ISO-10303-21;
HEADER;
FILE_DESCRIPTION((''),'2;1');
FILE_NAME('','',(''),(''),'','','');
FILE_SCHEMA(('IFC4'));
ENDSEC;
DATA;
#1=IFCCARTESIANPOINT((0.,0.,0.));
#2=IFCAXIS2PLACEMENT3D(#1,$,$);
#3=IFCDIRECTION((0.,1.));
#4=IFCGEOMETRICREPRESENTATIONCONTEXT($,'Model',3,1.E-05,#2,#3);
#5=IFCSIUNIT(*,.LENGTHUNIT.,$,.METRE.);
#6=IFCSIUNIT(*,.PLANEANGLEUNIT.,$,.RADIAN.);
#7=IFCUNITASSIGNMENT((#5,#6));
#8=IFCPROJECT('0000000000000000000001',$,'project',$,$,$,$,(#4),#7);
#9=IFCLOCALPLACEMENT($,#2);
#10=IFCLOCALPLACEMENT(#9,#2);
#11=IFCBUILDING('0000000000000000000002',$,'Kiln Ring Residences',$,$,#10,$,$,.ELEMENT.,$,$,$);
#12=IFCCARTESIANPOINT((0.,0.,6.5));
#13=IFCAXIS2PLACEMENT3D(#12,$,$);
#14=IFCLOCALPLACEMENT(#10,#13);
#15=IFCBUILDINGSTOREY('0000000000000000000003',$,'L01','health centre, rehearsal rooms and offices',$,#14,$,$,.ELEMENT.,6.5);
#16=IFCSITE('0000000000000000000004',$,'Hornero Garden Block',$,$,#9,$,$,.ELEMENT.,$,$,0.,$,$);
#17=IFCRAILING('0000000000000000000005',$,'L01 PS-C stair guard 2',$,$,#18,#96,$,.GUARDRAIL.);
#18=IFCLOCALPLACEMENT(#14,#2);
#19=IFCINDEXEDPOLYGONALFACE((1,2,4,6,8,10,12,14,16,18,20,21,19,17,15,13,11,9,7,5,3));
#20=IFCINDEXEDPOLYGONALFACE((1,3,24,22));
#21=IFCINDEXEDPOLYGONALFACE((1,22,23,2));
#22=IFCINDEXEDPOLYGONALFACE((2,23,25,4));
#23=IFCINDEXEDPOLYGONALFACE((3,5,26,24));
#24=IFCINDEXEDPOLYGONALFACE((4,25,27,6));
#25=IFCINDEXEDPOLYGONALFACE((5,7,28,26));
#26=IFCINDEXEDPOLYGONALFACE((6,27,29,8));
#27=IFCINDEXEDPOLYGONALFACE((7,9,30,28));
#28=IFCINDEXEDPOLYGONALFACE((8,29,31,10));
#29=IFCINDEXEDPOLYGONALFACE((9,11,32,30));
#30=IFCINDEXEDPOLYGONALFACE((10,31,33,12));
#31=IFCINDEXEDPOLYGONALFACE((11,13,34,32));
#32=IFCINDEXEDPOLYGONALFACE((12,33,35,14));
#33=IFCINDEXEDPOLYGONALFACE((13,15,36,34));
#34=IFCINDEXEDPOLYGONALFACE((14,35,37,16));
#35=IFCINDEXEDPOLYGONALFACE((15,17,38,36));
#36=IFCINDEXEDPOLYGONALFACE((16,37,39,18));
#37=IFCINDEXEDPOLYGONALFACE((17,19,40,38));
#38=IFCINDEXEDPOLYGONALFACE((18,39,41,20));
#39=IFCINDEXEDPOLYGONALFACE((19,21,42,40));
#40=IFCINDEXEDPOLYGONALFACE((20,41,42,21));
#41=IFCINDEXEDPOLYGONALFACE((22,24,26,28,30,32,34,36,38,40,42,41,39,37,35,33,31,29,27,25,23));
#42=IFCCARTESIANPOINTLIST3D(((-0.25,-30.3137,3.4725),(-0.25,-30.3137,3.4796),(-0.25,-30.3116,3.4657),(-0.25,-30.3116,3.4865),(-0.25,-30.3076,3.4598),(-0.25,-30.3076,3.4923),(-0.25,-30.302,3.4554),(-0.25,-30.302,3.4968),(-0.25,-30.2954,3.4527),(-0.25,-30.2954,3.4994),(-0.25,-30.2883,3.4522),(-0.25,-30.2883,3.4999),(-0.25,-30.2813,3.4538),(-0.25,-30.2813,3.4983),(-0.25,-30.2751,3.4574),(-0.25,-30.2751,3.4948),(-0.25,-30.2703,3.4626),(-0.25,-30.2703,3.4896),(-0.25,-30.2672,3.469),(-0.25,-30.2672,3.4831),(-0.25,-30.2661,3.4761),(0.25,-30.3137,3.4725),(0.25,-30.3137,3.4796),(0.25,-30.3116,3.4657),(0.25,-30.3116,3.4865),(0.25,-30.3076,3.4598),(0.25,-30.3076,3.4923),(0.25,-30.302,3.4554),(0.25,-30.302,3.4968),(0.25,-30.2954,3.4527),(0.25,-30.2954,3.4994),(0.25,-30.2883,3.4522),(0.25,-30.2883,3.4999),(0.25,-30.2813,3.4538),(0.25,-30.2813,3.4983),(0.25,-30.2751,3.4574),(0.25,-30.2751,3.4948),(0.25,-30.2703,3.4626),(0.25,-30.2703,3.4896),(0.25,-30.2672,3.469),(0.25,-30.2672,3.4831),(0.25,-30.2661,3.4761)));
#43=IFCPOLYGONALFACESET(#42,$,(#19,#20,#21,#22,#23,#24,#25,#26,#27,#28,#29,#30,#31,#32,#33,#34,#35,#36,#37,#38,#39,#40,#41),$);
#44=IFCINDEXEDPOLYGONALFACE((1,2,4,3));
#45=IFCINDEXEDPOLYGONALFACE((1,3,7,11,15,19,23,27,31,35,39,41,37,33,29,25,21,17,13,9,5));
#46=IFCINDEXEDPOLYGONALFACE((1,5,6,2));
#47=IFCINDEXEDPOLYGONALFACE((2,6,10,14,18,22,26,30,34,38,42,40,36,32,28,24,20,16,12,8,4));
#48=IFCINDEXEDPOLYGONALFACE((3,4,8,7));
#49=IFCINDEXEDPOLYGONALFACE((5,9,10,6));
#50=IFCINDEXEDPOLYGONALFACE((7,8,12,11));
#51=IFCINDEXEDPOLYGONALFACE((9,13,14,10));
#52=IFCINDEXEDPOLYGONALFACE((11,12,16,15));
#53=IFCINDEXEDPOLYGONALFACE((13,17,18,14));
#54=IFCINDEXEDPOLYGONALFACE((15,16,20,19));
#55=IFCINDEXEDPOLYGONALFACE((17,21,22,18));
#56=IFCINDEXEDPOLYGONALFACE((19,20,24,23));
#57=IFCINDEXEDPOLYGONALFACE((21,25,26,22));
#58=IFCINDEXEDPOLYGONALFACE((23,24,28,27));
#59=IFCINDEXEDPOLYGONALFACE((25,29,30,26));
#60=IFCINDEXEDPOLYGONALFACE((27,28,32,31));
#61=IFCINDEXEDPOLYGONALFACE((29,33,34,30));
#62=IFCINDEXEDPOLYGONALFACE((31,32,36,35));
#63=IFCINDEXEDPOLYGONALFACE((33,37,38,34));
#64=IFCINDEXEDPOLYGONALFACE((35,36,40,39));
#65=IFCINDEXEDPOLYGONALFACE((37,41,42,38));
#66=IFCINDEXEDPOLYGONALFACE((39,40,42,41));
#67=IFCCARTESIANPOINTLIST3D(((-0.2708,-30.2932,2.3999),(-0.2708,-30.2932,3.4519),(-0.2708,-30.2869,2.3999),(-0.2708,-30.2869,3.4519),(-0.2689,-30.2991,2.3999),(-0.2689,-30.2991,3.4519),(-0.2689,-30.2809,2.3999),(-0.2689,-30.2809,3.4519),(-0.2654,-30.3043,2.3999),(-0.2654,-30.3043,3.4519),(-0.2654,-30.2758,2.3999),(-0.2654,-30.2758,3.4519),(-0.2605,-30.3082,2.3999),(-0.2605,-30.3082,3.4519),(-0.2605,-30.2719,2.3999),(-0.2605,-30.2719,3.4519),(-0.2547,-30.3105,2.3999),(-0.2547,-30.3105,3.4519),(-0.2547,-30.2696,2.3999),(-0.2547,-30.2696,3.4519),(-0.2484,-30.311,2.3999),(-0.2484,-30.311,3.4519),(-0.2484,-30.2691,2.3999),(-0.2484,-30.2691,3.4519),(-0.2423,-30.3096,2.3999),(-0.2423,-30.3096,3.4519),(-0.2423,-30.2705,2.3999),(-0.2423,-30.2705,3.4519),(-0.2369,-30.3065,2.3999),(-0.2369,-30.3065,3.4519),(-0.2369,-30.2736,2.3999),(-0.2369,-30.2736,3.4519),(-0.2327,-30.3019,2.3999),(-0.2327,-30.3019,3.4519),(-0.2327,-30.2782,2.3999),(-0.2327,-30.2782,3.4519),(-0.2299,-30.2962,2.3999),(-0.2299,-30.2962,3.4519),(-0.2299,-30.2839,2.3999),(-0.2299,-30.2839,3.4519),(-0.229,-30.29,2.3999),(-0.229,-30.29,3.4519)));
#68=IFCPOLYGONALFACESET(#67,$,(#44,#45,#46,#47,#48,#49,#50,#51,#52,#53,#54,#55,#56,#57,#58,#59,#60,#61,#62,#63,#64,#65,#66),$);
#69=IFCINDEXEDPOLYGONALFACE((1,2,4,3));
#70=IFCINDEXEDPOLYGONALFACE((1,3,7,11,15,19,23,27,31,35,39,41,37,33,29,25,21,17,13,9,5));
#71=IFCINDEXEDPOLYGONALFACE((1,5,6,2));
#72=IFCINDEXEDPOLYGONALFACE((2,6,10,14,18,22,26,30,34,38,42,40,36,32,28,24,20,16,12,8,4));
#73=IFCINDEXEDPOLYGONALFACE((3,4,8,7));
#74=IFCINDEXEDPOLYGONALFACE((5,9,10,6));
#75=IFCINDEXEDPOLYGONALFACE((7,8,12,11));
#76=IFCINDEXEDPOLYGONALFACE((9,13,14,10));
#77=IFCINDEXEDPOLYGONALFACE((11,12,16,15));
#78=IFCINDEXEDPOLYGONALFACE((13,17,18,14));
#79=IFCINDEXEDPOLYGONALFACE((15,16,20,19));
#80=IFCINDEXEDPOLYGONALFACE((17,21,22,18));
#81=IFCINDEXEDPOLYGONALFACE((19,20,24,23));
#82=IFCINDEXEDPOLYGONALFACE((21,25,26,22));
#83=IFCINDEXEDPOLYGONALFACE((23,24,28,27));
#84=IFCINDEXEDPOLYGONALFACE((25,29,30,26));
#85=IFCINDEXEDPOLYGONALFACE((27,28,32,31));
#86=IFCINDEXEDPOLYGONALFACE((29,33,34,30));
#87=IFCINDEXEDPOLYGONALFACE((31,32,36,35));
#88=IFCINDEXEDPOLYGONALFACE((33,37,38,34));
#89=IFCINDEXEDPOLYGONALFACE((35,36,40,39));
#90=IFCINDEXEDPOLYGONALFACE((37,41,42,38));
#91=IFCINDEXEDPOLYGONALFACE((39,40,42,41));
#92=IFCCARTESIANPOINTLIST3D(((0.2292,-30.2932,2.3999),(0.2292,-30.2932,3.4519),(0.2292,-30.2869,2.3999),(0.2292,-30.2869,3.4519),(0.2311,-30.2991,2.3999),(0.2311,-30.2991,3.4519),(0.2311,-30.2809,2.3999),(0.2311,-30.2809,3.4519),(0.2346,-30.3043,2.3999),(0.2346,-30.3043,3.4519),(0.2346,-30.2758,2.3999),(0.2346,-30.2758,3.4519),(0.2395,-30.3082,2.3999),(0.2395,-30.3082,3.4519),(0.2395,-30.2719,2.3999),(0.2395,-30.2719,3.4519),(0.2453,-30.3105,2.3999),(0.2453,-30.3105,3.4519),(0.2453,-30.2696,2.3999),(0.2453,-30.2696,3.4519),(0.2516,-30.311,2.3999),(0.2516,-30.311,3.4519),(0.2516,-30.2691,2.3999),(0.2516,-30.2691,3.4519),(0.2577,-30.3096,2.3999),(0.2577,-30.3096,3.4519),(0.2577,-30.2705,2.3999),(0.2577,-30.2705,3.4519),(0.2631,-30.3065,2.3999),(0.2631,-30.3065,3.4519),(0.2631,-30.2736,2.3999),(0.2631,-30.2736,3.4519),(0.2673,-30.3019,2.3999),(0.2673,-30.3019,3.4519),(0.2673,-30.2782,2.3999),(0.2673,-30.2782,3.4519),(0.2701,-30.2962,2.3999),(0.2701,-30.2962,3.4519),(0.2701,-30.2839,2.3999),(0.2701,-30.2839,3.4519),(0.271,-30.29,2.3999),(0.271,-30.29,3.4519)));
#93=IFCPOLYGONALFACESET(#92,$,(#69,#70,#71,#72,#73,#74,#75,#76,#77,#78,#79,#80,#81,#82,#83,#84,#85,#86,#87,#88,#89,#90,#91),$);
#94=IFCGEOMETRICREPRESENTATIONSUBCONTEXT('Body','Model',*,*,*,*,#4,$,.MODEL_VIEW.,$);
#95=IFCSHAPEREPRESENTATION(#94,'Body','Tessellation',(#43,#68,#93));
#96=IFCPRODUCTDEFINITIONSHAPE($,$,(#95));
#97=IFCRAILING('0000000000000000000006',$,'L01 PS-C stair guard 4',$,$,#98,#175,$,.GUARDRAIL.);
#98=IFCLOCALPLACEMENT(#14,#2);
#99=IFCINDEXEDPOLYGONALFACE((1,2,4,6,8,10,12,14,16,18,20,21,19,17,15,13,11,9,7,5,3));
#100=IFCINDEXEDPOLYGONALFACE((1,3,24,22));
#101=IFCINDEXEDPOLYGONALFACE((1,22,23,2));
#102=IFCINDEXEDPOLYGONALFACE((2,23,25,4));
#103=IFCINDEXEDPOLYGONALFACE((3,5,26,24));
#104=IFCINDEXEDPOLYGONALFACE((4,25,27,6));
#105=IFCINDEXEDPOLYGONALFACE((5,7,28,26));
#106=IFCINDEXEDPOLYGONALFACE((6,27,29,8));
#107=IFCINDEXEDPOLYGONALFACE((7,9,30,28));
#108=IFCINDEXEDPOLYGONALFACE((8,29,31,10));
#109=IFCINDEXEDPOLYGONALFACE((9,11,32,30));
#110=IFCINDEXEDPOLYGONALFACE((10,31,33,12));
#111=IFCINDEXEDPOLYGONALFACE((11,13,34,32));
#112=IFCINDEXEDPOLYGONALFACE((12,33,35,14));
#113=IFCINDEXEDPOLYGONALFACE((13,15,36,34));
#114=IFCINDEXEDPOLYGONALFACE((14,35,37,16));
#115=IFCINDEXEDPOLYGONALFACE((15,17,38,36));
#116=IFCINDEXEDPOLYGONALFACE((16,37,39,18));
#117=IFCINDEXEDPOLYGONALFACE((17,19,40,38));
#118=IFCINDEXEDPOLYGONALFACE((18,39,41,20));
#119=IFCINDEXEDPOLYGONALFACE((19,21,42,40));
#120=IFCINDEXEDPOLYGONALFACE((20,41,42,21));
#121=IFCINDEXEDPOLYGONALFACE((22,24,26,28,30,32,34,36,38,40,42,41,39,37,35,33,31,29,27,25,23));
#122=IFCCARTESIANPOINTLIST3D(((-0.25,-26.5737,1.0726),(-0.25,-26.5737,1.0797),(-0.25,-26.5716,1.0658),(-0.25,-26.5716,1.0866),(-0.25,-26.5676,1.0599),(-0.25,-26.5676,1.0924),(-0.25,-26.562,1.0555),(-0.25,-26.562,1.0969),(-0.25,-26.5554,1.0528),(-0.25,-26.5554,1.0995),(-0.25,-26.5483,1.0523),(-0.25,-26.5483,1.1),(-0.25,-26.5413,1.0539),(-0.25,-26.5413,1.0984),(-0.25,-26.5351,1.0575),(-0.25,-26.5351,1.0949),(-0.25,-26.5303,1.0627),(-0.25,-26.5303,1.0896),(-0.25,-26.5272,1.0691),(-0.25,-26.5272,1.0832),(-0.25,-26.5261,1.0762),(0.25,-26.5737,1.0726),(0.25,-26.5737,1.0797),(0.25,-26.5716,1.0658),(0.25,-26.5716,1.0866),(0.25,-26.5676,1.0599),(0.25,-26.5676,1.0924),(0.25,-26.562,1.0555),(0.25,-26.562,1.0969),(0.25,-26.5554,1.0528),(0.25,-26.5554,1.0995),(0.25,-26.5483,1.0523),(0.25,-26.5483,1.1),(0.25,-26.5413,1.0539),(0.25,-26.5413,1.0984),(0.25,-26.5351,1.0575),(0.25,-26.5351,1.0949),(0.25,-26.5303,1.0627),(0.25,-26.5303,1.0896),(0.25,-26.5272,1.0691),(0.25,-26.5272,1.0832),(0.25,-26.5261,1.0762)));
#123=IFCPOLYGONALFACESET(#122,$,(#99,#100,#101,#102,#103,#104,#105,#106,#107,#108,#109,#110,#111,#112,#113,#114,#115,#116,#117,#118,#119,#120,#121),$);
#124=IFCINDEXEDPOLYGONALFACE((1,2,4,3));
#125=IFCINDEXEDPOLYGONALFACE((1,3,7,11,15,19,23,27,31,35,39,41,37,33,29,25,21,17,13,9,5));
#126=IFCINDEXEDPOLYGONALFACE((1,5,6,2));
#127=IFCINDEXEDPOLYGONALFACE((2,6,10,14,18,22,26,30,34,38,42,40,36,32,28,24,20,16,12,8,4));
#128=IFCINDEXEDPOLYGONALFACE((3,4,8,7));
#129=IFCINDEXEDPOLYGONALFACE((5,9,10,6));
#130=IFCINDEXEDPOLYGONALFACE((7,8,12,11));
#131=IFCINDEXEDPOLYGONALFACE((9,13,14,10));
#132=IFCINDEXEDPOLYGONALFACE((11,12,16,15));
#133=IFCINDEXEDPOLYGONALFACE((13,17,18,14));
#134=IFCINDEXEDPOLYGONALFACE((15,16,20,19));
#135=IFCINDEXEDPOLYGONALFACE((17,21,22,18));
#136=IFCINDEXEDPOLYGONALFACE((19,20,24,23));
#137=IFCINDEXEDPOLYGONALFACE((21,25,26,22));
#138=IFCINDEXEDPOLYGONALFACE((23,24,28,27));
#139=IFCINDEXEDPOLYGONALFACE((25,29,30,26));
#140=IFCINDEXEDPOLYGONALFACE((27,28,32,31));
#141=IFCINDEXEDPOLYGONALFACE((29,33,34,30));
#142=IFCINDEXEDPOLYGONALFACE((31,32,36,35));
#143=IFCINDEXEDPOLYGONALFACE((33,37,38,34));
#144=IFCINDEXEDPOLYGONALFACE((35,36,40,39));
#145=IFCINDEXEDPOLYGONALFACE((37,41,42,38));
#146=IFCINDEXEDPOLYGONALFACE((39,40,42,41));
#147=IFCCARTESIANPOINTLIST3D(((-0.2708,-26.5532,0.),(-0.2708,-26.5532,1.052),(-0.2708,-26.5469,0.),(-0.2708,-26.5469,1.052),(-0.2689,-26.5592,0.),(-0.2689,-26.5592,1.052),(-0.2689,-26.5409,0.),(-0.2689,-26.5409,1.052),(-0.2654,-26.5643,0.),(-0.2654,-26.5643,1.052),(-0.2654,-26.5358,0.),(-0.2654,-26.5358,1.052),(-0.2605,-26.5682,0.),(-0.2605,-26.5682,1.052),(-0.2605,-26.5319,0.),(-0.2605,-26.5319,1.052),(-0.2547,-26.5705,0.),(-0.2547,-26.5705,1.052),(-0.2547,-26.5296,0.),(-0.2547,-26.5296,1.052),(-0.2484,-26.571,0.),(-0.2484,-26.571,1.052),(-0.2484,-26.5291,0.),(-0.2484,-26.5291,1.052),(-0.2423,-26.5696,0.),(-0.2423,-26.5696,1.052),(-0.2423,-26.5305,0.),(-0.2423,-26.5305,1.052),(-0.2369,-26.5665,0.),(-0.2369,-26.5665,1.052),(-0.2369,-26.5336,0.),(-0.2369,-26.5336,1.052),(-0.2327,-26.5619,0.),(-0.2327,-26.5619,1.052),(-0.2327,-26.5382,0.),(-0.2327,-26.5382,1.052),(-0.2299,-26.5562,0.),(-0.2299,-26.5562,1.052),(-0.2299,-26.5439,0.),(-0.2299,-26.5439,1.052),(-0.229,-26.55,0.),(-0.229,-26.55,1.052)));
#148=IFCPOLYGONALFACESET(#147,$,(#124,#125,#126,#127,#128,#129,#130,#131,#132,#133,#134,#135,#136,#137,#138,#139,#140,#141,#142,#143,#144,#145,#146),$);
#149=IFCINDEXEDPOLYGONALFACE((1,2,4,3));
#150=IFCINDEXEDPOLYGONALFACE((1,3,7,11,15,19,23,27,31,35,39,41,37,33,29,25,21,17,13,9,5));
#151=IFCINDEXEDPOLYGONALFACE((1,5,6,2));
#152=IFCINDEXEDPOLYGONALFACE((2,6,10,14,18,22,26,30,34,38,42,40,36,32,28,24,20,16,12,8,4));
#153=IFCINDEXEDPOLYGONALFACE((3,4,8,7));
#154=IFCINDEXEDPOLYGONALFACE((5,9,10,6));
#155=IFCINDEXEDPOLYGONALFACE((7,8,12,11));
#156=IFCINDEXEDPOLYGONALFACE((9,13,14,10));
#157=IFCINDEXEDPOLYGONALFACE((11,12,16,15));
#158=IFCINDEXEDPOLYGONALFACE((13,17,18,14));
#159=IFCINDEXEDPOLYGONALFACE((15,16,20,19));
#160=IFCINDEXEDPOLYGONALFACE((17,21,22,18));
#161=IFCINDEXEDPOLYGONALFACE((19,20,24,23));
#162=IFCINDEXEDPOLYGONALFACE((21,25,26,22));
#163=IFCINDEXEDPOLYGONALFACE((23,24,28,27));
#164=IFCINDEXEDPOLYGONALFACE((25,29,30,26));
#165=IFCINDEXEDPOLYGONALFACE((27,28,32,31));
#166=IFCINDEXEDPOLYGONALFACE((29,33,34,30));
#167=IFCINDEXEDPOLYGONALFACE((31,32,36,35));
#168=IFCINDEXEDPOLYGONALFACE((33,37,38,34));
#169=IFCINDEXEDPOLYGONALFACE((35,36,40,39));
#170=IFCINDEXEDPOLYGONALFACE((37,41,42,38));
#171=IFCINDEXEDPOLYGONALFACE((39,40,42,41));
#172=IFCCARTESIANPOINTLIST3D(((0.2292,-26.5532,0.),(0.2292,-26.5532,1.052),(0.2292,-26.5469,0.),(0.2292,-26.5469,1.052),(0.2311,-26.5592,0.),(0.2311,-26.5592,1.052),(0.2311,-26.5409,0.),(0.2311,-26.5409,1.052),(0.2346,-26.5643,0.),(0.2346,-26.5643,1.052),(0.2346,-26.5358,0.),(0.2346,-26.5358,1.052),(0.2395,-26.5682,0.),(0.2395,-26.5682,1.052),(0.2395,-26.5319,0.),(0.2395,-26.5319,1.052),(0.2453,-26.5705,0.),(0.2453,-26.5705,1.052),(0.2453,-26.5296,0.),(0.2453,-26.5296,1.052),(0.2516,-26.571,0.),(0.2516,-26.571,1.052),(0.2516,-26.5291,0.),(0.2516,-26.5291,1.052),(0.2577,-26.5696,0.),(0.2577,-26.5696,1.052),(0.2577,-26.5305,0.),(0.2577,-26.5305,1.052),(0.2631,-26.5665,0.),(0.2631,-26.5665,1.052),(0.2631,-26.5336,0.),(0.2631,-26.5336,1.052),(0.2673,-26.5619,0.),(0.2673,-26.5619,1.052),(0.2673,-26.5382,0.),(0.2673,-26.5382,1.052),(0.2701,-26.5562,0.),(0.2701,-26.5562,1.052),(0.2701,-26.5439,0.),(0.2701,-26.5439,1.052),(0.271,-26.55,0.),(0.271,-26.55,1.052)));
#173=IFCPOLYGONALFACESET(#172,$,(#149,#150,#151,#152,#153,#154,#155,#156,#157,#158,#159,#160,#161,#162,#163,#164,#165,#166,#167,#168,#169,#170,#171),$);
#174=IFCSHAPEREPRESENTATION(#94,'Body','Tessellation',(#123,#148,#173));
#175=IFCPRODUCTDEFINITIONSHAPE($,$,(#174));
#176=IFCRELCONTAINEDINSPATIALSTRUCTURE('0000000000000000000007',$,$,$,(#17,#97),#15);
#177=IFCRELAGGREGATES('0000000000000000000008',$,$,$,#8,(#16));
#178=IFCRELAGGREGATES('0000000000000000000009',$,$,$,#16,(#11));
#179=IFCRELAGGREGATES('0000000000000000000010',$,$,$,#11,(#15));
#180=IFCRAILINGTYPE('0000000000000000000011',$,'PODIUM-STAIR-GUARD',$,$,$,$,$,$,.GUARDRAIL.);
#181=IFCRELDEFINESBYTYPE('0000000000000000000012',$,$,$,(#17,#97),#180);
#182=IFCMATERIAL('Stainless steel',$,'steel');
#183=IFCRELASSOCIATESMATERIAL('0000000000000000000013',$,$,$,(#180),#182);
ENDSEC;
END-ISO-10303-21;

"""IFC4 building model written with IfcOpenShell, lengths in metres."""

from ifc_helpers import new_model, si_unit, direction, frame, origin, origin_2d, place, context, subcontext, project, spatial, circle, extrude, material, type_object, element, save


model = new_model("IFC4")

# Units and contexts
model_context = context("Model", 3, precision=1e-05, world=origin(), true_north=direction((0.0, 1.0)))
body_context = subcontext(model_context, "Body", "Model", "MODEL_VIEW")
ifc_project = project(units=[si_unit("LENGTHUNIT", "METRE"), si_unit("PLANEANGLEUNIT", "RADIAN")], contexts=[model_context])

# Site, building, storey
site_placement = place(None, origin())
site = spatial("IfcSite", under=ifc_project, at=site_placement, Name="Hornero Garden Block", CompositionType="ELEMENT", RefElevation=0.0)
building_placement = place(site_placement, origin())
building = spatial("IfcBuilding", under=site, at=building_placement, Name="Kiln Ring Residences", CompositionType="ELEMENT")
storey_placement = place(building_placement, frame((0.0, 0.0, 6.5)))
storey = spatial("IfcBuildingStorey", under=building, at=storey_placement, Name="L01", Description="health centre, rehearsal rooms and offices", CompositionType="ELEMENT", Elevation=6.5)

# Railings
ifc_material_1 = material(Name="Stainless steel", Category="steel")
railing_type_1 = type_object("IfcRailingType", Name="PODIUM-STAIR-GUARD", PredefinedType="GUARDRAIL", material=ifc_material_1)
for number, where, name in (
    (1, (-0.25, -30.29, 2.3999), "L01 PS-C stair guard 2"),
    (2, (-0.25, -26.55, 0.0), "L01 PS-C stair guard 4"),
):
    element("IfcRailing", number, at=place(storey_placement, frame(where)), inside=storey, type_object=railing_type_1, Name=name, PredefinedType="GUARDRAIL", context=body_context, shape_type="SweptSolid", body=[
        extrude(circle(Radius=0.0239, at=origin_2d()), frame((0.0, 0.0, 1.0762), z_axis=(1.0, 0.0, 0.0), x_axis=(0.0, 1.0, 0.0)), (0.0, 0.0, 1.0), 0.5),
        extrude(circle(Radius=0.021, at=origin_2d()), origin(), (0.0, 0.0, 1.0), 1.052),
        extrude(circle(Radius=0.021, at=origin_2d()), frame((0.5, 0.0, 0.0)), (0.0, 0.0, 1.0), 1.052),
    ])

save(model, "model.ifc")
